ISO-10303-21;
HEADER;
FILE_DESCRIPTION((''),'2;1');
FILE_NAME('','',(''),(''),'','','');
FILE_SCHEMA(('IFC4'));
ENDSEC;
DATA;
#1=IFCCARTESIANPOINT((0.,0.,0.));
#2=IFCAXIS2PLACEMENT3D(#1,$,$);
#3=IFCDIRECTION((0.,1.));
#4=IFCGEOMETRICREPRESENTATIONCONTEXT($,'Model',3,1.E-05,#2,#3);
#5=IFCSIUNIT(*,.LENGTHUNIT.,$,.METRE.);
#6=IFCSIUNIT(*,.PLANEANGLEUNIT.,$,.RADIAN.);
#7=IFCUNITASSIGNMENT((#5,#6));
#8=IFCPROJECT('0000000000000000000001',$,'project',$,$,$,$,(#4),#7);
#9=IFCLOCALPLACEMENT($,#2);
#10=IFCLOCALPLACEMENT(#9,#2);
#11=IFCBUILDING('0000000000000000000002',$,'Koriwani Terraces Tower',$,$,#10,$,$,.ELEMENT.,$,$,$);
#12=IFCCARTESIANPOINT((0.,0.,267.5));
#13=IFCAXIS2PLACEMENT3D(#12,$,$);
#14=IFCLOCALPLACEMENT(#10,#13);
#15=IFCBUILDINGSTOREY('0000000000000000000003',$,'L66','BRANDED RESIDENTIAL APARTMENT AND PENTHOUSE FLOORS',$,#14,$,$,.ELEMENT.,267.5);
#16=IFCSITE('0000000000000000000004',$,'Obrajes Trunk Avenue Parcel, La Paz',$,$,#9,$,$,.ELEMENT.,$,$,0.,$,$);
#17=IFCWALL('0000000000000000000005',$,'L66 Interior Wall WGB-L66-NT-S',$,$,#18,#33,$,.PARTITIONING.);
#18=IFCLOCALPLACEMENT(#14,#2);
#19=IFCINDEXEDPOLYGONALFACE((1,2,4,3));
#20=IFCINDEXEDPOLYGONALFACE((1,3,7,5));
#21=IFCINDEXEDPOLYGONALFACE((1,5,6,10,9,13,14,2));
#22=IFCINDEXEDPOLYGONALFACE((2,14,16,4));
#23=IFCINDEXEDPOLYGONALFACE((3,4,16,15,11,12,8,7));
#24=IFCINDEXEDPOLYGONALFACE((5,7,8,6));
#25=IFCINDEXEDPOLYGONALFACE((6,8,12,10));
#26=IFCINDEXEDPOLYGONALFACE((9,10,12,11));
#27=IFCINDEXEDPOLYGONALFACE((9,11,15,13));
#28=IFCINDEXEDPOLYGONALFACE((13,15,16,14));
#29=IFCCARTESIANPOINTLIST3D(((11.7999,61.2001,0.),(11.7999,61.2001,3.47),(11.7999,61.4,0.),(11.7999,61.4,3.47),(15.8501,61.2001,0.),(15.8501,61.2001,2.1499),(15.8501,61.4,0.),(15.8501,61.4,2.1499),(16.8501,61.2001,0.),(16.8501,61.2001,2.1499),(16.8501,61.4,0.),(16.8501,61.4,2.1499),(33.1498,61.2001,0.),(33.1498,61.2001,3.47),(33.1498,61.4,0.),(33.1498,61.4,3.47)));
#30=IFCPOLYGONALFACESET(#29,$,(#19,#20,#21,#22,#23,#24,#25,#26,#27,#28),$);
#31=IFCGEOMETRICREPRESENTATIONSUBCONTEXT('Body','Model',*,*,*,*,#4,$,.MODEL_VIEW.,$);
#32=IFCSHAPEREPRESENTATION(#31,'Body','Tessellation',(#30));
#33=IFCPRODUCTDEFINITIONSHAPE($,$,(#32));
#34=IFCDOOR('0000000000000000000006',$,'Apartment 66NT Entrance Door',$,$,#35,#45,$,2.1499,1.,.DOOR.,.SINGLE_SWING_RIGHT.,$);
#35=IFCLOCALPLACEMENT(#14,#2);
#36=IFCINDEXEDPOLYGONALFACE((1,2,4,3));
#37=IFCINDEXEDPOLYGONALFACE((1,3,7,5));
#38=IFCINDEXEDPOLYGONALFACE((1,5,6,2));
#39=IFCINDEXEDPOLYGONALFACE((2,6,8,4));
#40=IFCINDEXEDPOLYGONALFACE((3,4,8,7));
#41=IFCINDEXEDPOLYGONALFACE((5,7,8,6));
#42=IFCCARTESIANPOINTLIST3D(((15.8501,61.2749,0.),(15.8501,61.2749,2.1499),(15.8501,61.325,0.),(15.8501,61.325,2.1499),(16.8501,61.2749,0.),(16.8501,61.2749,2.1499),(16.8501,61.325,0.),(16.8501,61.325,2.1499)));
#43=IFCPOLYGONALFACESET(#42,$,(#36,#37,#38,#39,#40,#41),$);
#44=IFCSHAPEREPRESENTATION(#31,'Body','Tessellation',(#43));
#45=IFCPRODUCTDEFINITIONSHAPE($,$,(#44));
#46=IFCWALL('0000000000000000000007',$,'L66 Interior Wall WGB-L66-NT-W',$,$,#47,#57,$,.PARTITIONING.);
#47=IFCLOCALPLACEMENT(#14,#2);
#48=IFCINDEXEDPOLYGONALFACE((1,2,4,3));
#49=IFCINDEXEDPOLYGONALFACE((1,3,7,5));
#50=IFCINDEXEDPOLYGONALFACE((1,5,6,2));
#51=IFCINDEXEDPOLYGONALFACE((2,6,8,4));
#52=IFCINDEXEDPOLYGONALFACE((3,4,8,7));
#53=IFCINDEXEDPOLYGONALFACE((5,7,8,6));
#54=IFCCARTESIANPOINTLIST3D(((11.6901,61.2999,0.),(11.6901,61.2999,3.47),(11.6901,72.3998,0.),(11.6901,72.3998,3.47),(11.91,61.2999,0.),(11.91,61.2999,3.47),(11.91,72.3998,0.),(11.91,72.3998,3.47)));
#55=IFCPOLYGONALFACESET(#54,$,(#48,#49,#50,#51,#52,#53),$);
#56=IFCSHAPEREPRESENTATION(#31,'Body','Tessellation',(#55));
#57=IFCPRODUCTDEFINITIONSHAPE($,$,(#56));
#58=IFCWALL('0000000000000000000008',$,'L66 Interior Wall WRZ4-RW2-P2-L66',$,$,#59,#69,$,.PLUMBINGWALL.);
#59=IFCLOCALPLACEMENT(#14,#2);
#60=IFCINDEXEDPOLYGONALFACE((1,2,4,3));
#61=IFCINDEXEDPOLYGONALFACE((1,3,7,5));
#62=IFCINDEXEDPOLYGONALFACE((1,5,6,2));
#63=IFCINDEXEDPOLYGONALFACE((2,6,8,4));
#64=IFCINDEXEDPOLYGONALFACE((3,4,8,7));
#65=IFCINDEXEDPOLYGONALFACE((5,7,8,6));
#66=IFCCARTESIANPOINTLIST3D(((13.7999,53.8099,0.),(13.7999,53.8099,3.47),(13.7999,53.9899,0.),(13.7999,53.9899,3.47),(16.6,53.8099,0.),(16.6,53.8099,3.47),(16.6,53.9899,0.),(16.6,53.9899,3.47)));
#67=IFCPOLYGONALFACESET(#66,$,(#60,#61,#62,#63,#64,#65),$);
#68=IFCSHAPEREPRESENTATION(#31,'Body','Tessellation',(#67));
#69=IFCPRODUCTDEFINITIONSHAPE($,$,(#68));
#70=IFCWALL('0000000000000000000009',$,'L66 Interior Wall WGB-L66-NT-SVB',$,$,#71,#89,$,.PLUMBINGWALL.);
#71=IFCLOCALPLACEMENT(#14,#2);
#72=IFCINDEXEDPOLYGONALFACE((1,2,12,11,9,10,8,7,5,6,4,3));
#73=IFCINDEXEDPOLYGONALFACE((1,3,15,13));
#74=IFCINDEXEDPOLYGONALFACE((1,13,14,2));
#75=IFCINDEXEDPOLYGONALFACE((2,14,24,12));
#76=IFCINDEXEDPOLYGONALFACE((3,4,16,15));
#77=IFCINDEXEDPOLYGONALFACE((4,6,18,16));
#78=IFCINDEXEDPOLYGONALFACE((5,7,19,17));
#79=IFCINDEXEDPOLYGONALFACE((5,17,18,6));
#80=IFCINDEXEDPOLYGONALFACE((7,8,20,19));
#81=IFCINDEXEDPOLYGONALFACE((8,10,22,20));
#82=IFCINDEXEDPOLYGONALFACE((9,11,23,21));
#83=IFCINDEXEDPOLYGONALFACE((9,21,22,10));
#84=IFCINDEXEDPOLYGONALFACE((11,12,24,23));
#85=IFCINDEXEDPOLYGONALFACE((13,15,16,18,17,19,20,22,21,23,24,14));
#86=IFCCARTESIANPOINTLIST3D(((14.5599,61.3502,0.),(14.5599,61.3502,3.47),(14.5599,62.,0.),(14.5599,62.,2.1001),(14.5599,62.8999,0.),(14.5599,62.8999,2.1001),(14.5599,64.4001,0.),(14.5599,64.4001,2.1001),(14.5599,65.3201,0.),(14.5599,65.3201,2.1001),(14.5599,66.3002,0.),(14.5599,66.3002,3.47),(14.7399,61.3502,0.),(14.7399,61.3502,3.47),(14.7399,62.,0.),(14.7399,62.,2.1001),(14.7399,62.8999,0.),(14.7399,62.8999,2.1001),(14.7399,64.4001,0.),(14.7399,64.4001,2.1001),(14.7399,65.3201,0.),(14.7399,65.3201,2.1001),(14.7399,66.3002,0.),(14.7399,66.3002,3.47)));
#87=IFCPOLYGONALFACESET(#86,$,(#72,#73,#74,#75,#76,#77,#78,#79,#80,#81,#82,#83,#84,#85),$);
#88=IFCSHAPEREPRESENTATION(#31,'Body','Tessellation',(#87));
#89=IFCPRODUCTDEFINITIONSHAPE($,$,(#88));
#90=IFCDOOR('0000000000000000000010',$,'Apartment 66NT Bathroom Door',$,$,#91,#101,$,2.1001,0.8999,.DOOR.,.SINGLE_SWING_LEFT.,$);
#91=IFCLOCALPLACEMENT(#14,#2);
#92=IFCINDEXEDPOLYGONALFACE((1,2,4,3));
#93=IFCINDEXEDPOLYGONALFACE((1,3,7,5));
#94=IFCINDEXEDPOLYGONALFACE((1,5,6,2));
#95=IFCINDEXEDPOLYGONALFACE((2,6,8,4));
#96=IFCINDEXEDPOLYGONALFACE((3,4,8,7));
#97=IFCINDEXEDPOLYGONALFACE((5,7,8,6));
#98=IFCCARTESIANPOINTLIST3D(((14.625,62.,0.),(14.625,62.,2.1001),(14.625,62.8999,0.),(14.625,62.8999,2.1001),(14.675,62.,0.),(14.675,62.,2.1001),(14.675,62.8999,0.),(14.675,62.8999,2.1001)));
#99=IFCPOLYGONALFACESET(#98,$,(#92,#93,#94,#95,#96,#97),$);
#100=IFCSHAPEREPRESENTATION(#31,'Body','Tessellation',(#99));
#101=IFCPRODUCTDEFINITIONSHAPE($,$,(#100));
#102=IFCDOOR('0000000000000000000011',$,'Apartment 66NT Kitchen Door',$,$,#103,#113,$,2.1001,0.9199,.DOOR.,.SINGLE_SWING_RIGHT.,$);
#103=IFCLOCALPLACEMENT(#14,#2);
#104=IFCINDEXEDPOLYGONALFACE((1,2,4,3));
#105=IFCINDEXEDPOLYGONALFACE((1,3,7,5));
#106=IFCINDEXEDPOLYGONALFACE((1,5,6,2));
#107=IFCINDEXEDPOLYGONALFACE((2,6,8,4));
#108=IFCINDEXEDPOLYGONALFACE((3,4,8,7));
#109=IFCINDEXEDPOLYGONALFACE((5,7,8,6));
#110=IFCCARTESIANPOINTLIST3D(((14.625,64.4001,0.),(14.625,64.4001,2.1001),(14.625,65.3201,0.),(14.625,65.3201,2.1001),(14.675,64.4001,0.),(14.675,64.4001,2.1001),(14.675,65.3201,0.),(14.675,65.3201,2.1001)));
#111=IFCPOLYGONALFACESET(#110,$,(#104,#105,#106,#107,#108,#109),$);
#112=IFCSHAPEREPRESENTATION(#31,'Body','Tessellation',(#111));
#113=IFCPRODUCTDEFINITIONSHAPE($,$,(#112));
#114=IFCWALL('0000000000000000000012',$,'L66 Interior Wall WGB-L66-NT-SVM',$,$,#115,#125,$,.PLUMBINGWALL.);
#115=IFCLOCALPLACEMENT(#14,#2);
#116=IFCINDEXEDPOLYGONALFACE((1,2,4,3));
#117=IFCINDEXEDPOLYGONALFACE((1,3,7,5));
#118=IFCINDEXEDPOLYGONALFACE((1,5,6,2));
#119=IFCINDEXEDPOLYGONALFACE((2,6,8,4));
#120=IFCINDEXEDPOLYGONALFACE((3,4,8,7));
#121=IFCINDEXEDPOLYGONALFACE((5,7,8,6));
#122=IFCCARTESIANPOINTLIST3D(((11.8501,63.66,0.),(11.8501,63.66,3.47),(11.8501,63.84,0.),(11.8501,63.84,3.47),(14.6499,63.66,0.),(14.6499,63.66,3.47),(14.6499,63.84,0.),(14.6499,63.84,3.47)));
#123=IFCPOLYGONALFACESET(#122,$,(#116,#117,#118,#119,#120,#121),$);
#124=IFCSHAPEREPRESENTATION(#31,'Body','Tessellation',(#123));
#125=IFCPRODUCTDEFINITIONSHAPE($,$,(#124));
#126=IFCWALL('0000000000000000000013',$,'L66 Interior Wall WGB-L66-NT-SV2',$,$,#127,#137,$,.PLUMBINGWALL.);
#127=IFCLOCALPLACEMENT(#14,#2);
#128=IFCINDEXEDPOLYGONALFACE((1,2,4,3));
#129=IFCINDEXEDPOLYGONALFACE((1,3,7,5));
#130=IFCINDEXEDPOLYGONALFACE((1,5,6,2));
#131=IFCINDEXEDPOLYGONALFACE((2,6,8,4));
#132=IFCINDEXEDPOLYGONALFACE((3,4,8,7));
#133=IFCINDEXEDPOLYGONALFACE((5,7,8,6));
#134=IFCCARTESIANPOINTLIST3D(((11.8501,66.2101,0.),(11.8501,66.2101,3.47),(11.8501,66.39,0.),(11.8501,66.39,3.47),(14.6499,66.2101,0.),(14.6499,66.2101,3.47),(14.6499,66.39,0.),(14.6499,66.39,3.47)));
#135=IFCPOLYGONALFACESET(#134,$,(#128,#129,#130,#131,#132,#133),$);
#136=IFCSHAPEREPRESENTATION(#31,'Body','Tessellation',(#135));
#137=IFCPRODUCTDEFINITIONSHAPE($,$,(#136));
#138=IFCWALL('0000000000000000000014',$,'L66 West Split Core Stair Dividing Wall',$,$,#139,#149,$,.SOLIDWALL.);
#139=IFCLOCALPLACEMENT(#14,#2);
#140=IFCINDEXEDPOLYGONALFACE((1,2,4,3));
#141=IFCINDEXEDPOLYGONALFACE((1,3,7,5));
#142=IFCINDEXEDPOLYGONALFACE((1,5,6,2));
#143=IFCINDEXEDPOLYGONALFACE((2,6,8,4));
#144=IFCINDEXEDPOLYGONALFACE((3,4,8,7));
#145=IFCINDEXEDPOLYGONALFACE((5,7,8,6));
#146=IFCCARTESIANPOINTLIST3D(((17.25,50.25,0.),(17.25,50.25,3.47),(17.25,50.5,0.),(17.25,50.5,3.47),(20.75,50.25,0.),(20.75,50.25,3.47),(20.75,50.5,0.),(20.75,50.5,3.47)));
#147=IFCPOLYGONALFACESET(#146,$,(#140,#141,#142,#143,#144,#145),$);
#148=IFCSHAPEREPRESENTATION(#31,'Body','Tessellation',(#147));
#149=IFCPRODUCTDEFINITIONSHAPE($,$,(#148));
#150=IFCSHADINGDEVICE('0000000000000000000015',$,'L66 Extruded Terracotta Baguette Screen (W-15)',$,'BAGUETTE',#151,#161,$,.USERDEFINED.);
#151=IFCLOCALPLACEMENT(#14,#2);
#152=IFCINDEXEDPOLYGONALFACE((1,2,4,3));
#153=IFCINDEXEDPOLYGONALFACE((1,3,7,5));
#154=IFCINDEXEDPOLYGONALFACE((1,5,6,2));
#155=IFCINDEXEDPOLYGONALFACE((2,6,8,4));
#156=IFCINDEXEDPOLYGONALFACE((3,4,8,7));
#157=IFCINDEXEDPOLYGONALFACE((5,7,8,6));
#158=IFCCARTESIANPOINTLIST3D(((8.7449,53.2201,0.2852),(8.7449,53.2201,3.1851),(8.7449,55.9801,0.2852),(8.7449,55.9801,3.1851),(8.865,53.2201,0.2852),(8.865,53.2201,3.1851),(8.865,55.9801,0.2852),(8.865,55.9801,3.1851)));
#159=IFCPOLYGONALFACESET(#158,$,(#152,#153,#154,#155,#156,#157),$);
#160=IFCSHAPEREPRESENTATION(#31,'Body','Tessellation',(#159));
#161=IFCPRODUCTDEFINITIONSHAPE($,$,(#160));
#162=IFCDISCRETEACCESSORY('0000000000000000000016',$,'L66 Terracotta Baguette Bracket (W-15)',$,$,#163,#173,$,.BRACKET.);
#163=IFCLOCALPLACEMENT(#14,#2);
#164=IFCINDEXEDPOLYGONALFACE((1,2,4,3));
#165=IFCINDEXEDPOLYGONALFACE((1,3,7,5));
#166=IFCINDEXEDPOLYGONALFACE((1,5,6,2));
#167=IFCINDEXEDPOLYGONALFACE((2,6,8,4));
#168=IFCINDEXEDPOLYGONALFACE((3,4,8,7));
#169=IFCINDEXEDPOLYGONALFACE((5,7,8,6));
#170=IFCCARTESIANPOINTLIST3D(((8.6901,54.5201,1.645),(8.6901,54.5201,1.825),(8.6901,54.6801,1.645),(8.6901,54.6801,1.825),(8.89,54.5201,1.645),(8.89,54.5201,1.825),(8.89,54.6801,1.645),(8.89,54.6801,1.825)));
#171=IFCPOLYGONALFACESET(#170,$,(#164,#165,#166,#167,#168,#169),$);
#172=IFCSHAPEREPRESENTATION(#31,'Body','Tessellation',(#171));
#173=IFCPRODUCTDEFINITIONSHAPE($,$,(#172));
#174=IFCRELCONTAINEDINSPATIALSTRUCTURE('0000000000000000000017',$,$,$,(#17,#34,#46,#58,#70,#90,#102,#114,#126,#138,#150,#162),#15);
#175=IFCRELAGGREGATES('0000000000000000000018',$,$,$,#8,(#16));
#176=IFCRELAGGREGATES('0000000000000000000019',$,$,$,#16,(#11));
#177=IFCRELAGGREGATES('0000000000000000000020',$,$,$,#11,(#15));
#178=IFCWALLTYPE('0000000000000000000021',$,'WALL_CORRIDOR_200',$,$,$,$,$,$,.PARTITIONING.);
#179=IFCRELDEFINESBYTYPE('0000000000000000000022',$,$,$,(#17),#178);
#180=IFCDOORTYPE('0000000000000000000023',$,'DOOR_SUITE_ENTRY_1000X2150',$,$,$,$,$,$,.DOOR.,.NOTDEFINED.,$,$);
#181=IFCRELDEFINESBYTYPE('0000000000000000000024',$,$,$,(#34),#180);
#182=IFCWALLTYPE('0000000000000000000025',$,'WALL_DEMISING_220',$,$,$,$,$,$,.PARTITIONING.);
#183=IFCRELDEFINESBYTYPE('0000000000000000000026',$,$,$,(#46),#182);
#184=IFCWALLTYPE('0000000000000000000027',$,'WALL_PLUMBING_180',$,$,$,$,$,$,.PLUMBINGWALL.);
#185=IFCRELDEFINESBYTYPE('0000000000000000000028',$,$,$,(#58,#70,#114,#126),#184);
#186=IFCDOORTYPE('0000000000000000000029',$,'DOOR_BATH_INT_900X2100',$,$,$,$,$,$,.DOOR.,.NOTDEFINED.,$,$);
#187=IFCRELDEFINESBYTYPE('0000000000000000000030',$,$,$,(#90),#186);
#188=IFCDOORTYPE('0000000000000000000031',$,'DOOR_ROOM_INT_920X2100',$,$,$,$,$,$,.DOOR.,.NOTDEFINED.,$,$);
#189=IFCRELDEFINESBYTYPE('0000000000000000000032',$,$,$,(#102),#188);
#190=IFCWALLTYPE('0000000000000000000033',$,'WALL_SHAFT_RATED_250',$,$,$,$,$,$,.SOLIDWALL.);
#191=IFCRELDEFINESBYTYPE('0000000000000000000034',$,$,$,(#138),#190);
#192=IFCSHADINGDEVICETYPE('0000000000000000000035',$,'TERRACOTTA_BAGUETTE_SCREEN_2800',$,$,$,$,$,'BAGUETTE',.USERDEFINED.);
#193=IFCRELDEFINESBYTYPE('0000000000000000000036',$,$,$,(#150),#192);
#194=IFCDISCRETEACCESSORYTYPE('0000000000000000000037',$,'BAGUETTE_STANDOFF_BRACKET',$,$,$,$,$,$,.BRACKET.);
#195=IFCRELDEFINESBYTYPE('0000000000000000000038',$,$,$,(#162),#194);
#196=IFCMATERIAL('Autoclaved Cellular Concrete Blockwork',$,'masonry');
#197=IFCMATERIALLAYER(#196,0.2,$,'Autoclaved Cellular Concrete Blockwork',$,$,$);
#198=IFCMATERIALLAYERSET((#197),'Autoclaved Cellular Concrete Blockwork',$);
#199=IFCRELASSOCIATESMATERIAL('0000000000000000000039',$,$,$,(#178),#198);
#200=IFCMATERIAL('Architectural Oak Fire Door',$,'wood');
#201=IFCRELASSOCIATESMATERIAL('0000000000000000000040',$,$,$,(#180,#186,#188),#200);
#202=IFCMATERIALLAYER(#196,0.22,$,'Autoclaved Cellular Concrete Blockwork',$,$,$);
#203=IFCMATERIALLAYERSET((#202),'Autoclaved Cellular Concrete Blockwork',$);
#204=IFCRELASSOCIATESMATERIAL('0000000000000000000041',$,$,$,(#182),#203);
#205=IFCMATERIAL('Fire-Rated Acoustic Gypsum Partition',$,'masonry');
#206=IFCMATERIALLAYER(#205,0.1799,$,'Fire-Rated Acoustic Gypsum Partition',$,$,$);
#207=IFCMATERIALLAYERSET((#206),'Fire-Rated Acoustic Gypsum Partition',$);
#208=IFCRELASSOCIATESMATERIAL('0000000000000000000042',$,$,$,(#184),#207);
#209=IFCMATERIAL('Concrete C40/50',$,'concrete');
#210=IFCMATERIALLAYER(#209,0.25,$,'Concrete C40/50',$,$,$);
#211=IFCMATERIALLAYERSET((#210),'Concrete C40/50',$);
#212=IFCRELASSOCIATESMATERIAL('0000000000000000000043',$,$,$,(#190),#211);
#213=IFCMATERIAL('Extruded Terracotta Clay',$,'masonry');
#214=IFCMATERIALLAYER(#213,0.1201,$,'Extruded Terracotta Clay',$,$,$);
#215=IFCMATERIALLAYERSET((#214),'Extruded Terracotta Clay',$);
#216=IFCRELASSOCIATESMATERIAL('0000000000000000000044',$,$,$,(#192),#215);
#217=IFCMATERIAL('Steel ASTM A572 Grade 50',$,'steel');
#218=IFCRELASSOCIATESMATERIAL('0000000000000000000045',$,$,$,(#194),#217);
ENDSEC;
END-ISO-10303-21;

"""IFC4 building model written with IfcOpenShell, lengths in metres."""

from ifc_helpers import new_model, si_unit, direction, frame, frame_2d, origin, origin_2d, place, context, subcontext, project, spatial, rectangle, extrude, material, layer, layer_set, type_object, element, fill, save


model = new_model("IFC4")

# Units and contexts
model_context = context("Model", 3, precision=1e-05, world=origin(), true_north=direction((0.0, 1.0)))
body_context = subcontext(model_context, "Body", "Model", "MODEL_VIEW")
ifc_project = project(units=[si_unit("LENGTHUNIT", "METRE"), si_unit("PLANEANGLEUNIT", "RADIAN")], contexts=[model_context])

# Site, building, storey
site_placement = place(None, origin())
site = spatial("IfcSite", under=ifc_project, at=site_placement, Name="Obrajes Trunk Avenue Parcel, La Paz", CompositionType="ELEMENT", RefElevation=0.0)
building_placement = place(site_placement, origin())
building = spatial("IfcBuilding", under=site, at=building_placement, Name="Koriwani Terraces Tower", CompositionType="ELEMENT")
storey_placement = place(building_placement, frame((0.0, 0.0, 267.5)))
storey = spatial("IfcBuildingStorey", under=building, at=storey_placement, Name="L66", Description="BRANDED RESIDENTIAL APARTMENT AND PENTHOUSE FLOORS", CompositionType="ELEMENT", Elevation=267.5)

# Shared definitions
ifc_material_1 = material(Name="Concrete C40/50", Category="concrete")
ifc_material_2 = material(Name="Steel ASTM A572 Grade 50", Category="steel")

# Wall, opening, door
ifc_material_3 = material(Name="Autoclaved Cellular Concrete Blockwork", Category="masonry")
ifc_layer_1 = layer(ifc_material_3, 0.2, Name="Autoclaved Cellular Concrete Blockwork")
ifc_layer_set_1 = layer_set([ifc_layer_1], Name="Autoclaved Cellular Concrete Blockwork")
wall_type_1 = type_object("IfcWallType", Name="WALL_CORRIDOR_200", PredefinedType="PARTITIONING", material=ifc_layer_set_1)
ifc_material_4 = material(Name="Architectural Oak Fire Door", Category="wood")
door_type_1 = type_object("IfcDoorType", Name="DOOR_SUITE_ENTRY_1000X2150", OperationType="NOTDEFINED", PredefinedType="DOOR", material=ifc_material_4)
wall_1_placement = place(storey_placement, frame((11.8, 61.3, 0.0), z_axis=(0.0, 0.0, 1.0), x_axis=(1.0, 0.0, 0.0)))
wall_1 = element("IfcWall", 1, at=wall_1_placement, inside=storey, type_object=wall_type_1, Name="L66 Interior Wall WGB-L66-NT-S", PredefinedType="PARTITIONING", context=body_context, shape_type="SweptSolid", body=[
    extrude(rectangle(XDim=21.3499, YDim=0.2, at=frame_2d((10.6748, 0.0))), origin(), (0.0, 0.0, 1.0), 3.47),
])
opening_1_placement = place(wall_1_placement, frame((4.05, 0.0, 0.0)))
opening_1 = element("IfcOpeningElement", 2, at=opening_1_placement, cuts=wall_1, PredefinedType="OPENING", context=body_context, shape_type="SweptSolid", body=[
    extrude(rectangle(XDim=1.0, YDim=2.1499, at=frame_2d((0.5, 1.075))), frame((0.0, 0.1099, 0.0), z_axis=(0.0, -1.0, 0.0), x_axis=(1.0, 0.0, 0.0)), (0.0, 0.0, 1.0), 0.22),
])
door_1_placement = place(opening_1_placement, origin())
door_1 = element("IfcDoor", 3, at=door_1_placement, inside=storey, type_object=door_type_1, Name="Apartment 66NT Entrance Door", OperationType="SINGLE_SWING_RIGHT", OverallHeight=2.1499, OverallWidth=1.0, PredefinedType="DOOR", context=body_context, shape_type="SweptSolid", body=[
    extrude(rectangle(XDim=1.0, YDim=2.1499, at=frame_2d((0.5, 1.075))), frame((0.0, 0.0249, 0.0), z_axis=(0.0, -1.0, 0.0), x_axis=(1.0, 0.0, 0.0)), (0.0, 0.0, 1.0), 0.05),
])
fill(opening_1, door_1)

# Walls
ifc_layer_2 = layer(ifc_material_3, 0.22, Name="Autoclaved Cellular Concrete Blockwork")
ifc_layer_set_2 = layer_set([ifc_layer_2], Name="Autoclaved Cellular Concrete Blockwork")
wall_type_2 = type_object("IfcWallType", Name="WALL_DEMISING_220", PredefinedType="PARTITIONING", material=ifc_layer_set_2)
wall_2_placement = place(storey_placement, frame((11.8, 61.3, 0.0), z_axis=(0.0, 0.0, 1.0), x_axis=(0.0, 1.0, 0.0)))
element("IfcWall", 4, at=wall_2_placement, inside=storey, type_object=wall_type_2, Name="L66 Interior Wall WGB-L66-NT-W", PredefinedType="PARTITIONING", context=body_context, shape_type="SweptSolid", body=[
    extrude(rectangle(XDim=11.0999, YDim=0.22, at=frame_2d((5.5498, 0.0))), origin(), (0.0, 0.0, 1.0), 3.47),
])
ifc_material_5 = material(Name="Fire-Rated Acoustic Gypsum Partition", Category="masonry")
ifc_layer_3 = layer(ifc_material_5, 0.1799, Name="Fire-Rated Acoustic Gypsum Partition")
ifc_layer_set_3 = layer_set([ifc_layer_3], Name="Fire-Rated Acoustic Gypsum Partition")
wall_type_3 = type_object("IfcWallType", Name="WALL_PLUMBING_180", PredefinedType="PLUMBINGWALL", material=ifc_layer_set_3)
wall_3_placement = place(storey_placement, frame((13.8, 53.8999, 0.0), z_axis=(0.0, 0.0, 1.0), x_axis=(1.0, 0.0, 0.0)))
element("IfcWall", 5, at=wall_3_placement, inside=storey, type_object=wall_type_3, Name="L66 Interior Wall WRZ4-RW2-P2-L66", PredefinedType="PLUMBINGWALL", context=body_context, shape_type="SweptSolid", body=[
    extrude(rectangle(XDim=2.8, YDim=0.1799, at=frame_2d((1.3999, 0.0))), origin(), (0.0, 0.0, 1.0), 3.47),
])

# Wall, openings, doors
wall_4_placement = place(storey_placement, frame((14.6499, 61.3501, 0.0), z_axis=(0.0, 0.0, 1.0), x_axis=(0.0, 1.0, 0.0)))
wall_4 = element("IfcWall", 6, at=wall_4_placement, inside=storey, type_object=wall_type_3, Name="L66 Interior Wall WGB-L66-NT-SVB", PredefinedType="PLUMBINGWALL", context=body_context, shape_type="SweptSolid", body=[
    extrude(rectangle(XDim=4.95, YDim=0.1799, at=frame_2d((2.4751, 0.0))), origin(), (0.0, 0.0, 1.0), 3.47),
])
opening_2_placement = place(wall_4_placement, frame((0.6499, 0.0, 0.0)))
opening_2 = element("IfcOpeningElement", 7, at=opening_2_placement, cuts=wall_4, PredefinedType="OPENING", context=body_context, shape_type="SweptSolid", body=[
    extrude(rectangle(XDim=0.8999, YDim=2.1001, at=frame_2d((0.45, 1.05))), frame((0.0, 0.1001, 0.0), z_axis=(0.0, -1.0, 0.0), x_axis=(1.0, 0.0, 0.0)), (0.0, 0.0, 1.0), 0.2),
])
opening_3_placement = place(wall_4_placement, frame((3.05, 0.0, 0.0)))
opening_3 = element("IfcOpeningElement", 8, at=opening_3_placement, cuts=wall_4, PredefinedType="OPENING", context=body_context, shape_type="SweptSolid", body=[
    extrude(rectangle(XDim=0.9199, YDim=2.1001, at=frame_2d((0.46, 1.05))), frame((0.0, 0.1001, 0.0), z_axis=(0.0, -1.0, 0.0), x_axis=(1.0, 0.0, 0.0)), (0.0, 0.0, 1.0), 0.2),
])
door_type_2 = type_object("IfcDoorType", Name="DOOR_BATH_INT_900X2100", OperationType="NOTDEFINED", PredefinedType="DOOR", material=ifc_material_4)
door_2_placement = place(opening_2_placement, origin())
door_2 = element("IfcDoor", 9, at=door_2_placement, inside=storey, type_object=door_type_2, Name="Apartment 66NT Bathroom Door", OperationType="SINGLE_SWING_LEFT", OverallHeight=2.1001, OverallWidth=0.8999, PredefinedType="DOOR", context=body_context, shape_type="SweptSolid", body=[
    extrude(rectangle(XDim=0.8999, YDim=2.1001, at=frame_2d((0.45, 1.05))), frame((0.0, 0.0249, 0.0), z_axis=(0.0, -1.0, 0.0), x_axis=(1.0, 0.0, 0.0)), (0.0, 0.0, 1.0), 0.05),
])
fill(opening_2, door_2)
door_type_3 = type_object("IfcDoorType", Name="DOOR_ROOM_INT_920X2100", OperationType="NOTDEFINED", PredefinedType="DOOR", material=ifc_material_4)
door_3_placement = place(opening_3_placement, origin())
door_3 = element("IfcDoor", 10, at=door_3_placement, inside=storey, type_object=door_type_3, Name="Apartment 66NT Kitchen Door", OperationType="SINGLE_SWING_RIGHT", OverallHeight=2.1001, OverallWidth=0.9199, PredefinedType="DOOR", context=body_context, shape_type="SweptSolid", body=[
    extrude(rectangle(XDim=0.9199, YDim=2.1001, at=frame_2d((0.46, 1.05))), frame((0.0, 0.0249, 0.0), z_axis=(0.0, -1.0, 0.0), x_axis=(1.0, 0.0, 0.0)), (0.0, 0.0, 1.0), 0.05),
])
fill(opening_3, door_3)

# Walls
for number, where, z_axis, x_axis, name in (
    (11, (11.8501, 63.75, 0.0), (0.0, 0.0, 1.0), (1.0, 0.0, 0.0), "L66 Interior Wall WGB-L66-NT-SVM"),
    (12, (11.8501, 66.3, 0.0), (0.0, 0.0, 1.0), (1.0, 0.0, 0.0), "L66 Interior Wall WGB-L66-NT-SV2"),
):
    element("IfcWall", number, at=place(storey_placement, frame(where, z_axis=z_axis, x_axis=x_axis)), inside=storey, type_object=wall_type_3, Name=name, PredefinedType="PLUMBINGWALL", context=body_context, shape_type="SweptSolid", body=[
        extrude(rectangle(XDim=2.7998, YDim=0.1799, at=frame_2d((1.3999, 0.0))), origin(), (0.0, 0.0, 1.0), 3.47),
    ])
ifc_layer_4 = layer(ifc_material_1, 0.25, Name="Concrete C40/50")
ifc_layer_set_4 = layer_set([ifc_layer_4], Name="Concrete C40/50")
wall_type_4 = type_object("IfcWallType", Name="WALL_SHAFT_RATED_250", PredefinedType="SOLIDWALL", material=ifc_layer_set_4)
wall_5_placement = place(storey_placement, frame((17.25, 50.375, 0.0), z_axis=(0.0, 0.0, 1.0), x_axis=(1.0, 0.0, 0.0)))
element("IfcWall", 13, at=wall_5_placement, inside=storey, type_object=wall_type_4, Name="L66 West Split Core Stair Dividing Wall", PredefinedType="SOLIDWALL", context=body_context, shape_type="SweptSolid", body=[
    extrude(rectangle(XDim=3.5, YDim=0.25, at=frame_2d((1.75, 0.0))), origin(), (0.0, 0.0, 1.0), 3.47),
])

# Shading device
ifc_material_6 = material(Name="Extruded Terracotta Clay", Category="masonry")
ifc_layer_5 = layer(ifc_material_6, 0.1201, Name="Extruded Terracotta Clay")
ifc_layer_set_5 = layer_set([ifc_layer_5], Name="Extruded Terracotta Clay")
shading_device_type = type_object("IfcShadingDeviceType", Name="TERRACOTTA_BAGUETTE_SCREEN_2800", ElementType="BAGUETTE", PredefinedType="USERDEFINED", material=ifc_layer_set_5)
shading_device_placement = place(storey_placement, frame((8.8049, 54.6001, 0.2852), z_axis=(0.0, 0.0, 1.0), x_axis=(0.0, 1.0, 0.0)))
element("IfcShadingDevice", 14, at=shading_device_placement, inside=storey, type_object=shading_device_type, Name="L66 Extruded Terracotta Baguette Screen (W-15)", ObjectType="BAGUETTE", PredefinedType="USERDEFINED", context=body_context, shape_type="SweptSolid", body=[
    extrude(rectangle(XDim=2.76, YDim=0.1201, at=origin_2d()), origin(), (0.0, 0.0, 1.0), 2.8999),
])

# Discrete accessory
discrete_accessory_type = type_object("IfcDiscreteAccessoryType", Name="BAGUETTE_STANDOFF_BRACKET", PredefinedType="BRACKET", material=ifc_material_2)
discrete_accessory_placement = place(storey_placement, frame((8.79, 54.6001, 1.645), z_axis=(0.0, 0.0, 1.0), x_axis=(0.0, 1.0, 0.0)))
element("IfcDiscreteAccessory", 15, at=discrete_accessory_placement, inside=storey, type_object=discrete_accessory_type, Name="L66 Terracotta Baguette Bracket (W-15)", PredefinedType="BRACKET", context=body_context, shape_type="SweptSolid", body=[
    extrude(rectangle(XDim=0.1599, YDim=0.2, at=origin_2d()), origin(), (0.0, 0.0, 1.0), 0.1799),
])

save(model, "model.ifc")
